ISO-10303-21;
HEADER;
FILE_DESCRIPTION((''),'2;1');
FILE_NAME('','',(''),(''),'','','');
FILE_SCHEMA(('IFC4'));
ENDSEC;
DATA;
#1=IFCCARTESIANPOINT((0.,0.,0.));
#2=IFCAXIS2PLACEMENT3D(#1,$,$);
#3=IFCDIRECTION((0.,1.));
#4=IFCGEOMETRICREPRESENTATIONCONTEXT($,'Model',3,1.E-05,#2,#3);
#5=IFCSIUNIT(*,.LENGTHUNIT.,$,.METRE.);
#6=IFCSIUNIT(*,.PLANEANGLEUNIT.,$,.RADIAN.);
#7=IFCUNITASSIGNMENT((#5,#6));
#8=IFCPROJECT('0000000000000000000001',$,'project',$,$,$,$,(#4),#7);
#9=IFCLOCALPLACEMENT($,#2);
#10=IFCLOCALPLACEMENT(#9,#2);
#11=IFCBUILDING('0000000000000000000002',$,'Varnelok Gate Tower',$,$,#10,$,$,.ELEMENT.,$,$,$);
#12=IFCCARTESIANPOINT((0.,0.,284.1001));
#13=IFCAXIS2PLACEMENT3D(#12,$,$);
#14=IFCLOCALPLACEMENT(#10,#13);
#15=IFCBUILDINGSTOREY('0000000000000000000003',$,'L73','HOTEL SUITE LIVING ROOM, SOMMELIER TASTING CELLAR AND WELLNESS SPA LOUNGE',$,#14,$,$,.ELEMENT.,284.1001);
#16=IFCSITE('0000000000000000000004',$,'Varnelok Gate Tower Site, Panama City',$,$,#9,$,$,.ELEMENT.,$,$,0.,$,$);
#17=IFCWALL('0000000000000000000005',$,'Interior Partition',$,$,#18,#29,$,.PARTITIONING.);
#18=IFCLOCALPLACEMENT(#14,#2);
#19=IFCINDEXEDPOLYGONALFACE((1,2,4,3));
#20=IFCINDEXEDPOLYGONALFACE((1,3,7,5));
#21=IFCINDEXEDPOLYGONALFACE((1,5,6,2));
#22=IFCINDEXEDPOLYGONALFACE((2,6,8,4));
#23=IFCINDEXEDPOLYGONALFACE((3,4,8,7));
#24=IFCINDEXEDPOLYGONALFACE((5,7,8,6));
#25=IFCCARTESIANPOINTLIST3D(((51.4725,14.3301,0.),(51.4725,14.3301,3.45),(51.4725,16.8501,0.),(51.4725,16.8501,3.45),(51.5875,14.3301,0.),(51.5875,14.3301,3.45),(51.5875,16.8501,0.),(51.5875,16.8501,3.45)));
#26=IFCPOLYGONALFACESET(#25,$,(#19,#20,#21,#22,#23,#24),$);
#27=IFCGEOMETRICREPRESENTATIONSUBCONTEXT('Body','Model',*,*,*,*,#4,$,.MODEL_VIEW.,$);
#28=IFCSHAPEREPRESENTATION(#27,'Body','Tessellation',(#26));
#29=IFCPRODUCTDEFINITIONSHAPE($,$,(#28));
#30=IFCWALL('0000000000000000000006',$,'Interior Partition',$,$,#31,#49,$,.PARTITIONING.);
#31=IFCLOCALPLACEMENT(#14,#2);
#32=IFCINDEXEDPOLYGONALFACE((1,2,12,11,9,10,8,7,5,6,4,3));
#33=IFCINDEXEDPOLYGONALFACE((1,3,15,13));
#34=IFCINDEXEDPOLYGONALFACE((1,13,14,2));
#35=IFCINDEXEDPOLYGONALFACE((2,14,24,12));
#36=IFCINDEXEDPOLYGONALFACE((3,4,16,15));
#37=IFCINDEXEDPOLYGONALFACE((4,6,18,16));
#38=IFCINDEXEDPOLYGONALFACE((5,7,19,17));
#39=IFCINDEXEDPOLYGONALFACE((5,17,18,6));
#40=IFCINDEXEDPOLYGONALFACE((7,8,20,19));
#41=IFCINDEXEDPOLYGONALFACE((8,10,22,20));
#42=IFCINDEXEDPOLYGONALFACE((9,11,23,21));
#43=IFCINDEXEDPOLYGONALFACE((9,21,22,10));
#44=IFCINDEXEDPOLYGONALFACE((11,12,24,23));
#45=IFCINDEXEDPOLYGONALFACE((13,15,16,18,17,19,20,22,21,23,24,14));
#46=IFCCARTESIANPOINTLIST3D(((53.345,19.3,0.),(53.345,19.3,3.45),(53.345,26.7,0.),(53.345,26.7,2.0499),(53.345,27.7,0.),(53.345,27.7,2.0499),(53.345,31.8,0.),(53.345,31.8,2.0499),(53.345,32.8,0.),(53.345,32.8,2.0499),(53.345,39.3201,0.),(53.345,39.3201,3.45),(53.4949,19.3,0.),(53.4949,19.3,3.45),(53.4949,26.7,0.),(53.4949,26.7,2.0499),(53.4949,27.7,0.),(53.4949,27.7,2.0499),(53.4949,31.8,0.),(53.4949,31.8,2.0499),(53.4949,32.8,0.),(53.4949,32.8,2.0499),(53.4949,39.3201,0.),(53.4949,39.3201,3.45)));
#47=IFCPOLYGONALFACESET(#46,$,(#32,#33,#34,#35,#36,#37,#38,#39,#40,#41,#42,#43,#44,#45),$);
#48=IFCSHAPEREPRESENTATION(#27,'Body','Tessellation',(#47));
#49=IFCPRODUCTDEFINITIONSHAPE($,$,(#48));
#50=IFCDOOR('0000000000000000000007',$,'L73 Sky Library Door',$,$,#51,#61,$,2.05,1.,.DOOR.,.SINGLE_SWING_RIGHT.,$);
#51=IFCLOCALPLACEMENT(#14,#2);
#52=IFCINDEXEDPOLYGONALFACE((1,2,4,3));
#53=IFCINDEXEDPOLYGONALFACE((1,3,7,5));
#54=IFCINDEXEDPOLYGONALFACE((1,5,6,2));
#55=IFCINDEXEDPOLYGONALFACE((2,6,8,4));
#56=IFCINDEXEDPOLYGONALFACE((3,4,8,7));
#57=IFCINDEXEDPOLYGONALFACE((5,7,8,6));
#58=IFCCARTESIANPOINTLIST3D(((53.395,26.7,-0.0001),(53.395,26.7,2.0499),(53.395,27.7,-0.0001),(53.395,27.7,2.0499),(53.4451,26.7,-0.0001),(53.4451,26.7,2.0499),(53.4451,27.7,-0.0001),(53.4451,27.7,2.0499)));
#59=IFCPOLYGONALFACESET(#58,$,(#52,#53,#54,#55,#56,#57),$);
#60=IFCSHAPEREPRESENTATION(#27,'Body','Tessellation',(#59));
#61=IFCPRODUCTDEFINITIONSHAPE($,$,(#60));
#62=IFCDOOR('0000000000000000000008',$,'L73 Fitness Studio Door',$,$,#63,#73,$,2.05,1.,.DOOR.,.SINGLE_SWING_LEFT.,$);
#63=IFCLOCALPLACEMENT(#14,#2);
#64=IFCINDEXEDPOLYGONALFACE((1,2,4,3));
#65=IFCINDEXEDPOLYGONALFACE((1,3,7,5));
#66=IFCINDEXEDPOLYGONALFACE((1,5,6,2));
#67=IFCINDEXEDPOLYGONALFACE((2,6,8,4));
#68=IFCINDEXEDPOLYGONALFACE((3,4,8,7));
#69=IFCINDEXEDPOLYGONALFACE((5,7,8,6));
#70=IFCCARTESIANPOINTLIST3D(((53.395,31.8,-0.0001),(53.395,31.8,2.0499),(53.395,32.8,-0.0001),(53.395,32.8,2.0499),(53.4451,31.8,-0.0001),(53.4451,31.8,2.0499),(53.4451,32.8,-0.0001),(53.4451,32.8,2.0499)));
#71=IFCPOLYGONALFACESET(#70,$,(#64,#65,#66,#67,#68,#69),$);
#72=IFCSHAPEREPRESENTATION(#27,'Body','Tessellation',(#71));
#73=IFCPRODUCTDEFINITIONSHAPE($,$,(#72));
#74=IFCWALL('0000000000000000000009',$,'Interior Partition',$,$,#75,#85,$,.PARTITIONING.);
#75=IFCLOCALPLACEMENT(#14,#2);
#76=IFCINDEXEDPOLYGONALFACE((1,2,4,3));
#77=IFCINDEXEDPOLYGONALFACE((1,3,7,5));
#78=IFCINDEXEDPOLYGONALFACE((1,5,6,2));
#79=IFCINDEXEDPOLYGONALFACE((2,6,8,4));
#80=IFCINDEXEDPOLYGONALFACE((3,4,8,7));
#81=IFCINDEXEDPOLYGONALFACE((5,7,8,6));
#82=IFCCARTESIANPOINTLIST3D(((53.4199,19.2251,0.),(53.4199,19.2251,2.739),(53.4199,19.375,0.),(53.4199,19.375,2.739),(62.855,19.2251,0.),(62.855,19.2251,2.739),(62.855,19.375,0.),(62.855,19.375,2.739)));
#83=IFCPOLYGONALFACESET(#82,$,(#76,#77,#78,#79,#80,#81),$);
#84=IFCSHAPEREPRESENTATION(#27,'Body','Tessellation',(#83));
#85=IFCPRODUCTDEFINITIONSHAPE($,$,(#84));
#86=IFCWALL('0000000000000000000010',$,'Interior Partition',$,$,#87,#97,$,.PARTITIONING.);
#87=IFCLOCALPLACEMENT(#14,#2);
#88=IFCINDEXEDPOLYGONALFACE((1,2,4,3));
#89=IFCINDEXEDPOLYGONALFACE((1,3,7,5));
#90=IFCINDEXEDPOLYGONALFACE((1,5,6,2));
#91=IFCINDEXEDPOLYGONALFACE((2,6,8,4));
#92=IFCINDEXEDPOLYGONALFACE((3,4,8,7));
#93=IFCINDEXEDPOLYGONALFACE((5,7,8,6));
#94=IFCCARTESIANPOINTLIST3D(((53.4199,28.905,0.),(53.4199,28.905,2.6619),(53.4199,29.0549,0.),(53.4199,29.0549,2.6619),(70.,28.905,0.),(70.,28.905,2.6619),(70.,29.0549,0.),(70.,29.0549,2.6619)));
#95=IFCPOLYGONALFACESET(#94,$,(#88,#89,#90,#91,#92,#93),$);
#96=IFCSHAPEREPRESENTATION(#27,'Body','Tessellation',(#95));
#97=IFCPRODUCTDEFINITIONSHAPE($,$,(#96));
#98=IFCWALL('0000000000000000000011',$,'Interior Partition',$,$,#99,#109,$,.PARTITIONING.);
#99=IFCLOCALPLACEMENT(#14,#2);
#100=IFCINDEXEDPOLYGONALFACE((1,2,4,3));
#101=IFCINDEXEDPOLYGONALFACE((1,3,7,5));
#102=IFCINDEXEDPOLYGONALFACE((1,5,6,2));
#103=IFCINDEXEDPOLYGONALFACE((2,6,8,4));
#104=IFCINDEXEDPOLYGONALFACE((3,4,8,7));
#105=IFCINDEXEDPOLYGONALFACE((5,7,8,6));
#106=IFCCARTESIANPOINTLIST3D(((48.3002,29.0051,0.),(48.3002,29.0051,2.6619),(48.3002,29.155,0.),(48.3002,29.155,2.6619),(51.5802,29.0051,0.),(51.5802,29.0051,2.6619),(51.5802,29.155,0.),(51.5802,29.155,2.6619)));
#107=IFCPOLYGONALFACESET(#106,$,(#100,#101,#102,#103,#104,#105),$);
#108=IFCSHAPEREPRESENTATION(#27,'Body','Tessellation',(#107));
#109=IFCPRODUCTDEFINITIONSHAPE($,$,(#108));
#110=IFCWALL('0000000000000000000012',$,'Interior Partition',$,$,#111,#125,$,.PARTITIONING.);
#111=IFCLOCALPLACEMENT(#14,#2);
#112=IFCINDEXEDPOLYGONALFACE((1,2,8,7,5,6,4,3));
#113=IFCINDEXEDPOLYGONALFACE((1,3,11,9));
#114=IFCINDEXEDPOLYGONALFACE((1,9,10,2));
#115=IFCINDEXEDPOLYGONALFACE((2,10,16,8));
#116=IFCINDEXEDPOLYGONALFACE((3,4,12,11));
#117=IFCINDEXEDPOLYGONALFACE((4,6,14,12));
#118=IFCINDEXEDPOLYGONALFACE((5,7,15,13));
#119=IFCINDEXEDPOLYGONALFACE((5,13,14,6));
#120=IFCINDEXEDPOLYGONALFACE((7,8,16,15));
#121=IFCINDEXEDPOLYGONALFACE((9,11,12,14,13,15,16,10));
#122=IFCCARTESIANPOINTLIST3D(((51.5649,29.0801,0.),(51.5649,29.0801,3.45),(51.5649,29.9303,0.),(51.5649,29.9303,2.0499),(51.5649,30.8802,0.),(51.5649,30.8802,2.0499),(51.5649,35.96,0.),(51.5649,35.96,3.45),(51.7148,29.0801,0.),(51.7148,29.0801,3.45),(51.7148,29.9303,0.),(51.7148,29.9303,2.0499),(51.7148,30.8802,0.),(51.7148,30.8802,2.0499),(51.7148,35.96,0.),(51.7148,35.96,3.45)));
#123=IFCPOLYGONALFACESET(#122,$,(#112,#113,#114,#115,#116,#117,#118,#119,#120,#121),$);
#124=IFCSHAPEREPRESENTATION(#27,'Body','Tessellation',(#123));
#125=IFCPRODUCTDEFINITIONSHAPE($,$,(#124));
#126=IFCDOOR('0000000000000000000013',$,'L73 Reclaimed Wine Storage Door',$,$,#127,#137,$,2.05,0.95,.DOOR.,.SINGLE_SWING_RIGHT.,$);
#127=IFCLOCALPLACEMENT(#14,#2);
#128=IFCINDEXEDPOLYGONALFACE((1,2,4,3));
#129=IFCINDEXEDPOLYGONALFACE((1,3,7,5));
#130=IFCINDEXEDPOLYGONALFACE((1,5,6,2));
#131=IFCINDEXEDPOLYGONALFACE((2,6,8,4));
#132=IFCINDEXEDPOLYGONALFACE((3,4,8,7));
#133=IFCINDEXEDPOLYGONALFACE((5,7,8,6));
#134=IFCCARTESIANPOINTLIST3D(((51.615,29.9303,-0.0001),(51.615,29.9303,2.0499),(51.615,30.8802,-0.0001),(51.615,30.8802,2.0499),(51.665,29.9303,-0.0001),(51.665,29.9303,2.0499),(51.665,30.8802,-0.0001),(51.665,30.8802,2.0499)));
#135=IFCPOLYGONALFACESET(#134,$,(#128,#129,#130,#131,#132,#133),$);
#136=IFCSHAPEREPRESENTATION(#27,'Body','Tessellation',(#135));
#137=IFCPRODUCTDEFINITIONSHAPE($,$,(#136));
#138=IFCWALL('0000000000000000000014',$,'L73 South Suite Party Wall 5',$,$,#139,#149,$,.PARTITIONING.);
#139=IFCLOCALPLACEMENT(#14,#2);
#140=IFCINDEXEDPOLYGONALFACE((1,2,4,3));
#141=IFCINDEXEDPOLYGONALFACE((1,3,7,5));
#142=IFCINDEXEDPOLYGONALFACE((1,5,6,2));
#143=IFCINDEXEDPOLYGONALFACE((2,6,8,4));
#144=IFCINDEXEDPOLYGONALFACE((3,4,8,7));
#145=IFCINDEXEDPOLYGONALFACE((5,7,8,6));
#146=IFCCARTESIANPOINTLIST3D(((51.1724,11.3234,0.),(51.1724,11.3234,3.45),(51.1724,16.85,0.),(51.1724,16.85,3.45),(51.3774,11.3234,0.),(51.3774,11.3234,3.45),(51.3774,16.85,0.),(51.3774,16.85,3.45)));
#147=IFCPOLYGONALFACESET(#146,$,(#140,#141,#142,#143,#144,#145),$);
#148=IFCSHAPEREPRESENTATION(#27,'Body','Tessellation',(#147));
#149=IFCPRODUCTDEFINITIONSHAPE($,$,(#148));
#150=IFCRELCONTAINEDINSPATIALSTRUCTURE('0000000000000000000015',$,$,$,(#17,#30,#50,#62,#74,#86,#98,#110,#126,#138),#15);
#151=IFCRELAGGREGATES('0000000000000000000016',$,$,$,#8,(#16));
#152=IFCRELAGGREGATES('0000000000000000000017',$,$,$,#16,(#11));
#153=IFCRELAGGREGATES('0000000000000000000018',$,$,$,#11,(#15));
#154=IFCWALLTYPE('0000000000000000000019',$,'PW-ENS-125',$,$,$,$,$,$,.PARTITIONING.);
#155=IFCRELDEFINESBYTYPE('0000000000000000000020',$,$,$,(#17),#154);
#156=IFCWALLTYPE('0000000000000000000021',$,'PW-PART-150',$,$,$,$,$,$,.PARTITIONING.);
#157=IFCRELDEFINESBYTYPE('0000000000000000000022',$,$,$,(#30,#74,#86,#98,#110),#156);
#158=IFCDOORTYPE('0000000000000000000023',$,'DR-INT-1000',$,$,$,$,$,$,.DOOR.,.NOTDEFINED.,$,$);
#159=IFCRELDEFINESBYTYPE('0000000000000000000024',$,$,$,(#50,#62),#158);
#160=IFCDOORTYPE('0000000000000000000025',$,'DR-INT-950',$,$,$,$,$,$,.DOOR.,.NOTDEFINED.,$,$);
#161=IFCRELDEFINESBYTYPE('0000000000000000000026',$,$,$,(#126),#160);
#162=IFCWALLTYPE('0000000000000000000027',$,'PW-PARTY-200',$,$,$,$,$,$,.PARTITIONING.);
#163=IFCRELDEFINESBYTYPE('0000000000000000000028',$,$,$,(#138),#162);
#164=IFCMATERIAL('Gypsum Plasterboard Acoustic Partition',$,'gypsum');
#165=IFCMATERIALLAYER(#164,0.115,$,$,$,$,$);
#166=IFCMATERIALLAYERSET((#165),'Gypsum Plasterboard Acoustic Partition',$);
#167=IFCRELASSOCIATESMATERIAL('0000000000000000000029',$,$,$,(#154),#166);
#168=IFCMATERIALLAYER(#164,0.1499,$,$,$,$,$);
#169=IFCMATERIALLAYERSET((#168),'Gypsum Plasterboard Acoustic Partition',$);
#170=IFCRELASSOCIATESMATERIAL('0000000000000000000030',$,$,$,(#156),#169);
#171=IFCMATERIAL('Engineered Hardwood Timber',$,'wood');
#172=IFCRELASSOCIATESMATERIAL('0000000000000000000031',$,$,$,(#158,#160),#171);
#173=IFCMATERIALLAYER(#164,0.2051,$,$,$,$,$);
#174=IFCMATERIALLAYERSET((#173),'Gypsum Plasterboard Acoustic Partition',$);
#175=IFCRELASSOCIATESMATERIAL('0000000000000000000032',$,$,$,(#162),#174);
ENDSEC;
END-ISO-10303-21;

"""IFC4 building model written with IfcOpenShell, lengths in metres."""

from ifc_helpers import new_model, si_unit, direction, frame, frame_2d, origin, place, context, subcontext, project, spatial, rectangle, extrude, material, layer, layer_set, type_object, element, fill, save


model = new_model("IFC4")

# Units and contexts
model_context = context("Model", 3, precision=1e-05, world=origin(), true_north=direction((0.0, 1.0)))
body_context = subcontext(model_context, "Body", "Model", "MODEL_VIEW")
ifc_project = project(units=[si_unit("LENGTHUNIT", "METRE"), si_unit("PLANEANGLEUNIT", "RADIAN")], contexts=[model_context])

# Site, building, storey
site_placement = place(None, origin())
site = spatial("IfcSite", under=ifc_project, at=site_placement, Name="Varnelok Gate Tower Site, Panama City", CompositionType="ELEMENT", RefElevation=0.0)
building_placement = place(site_placement, origin())
building = spatial("IfcBuilding", under=site, at=building_placement, Name="Varnelok Gate Tower", CompositionType="ELEMENT")
storey_placement = place(building_placement, frame((0.0, 0.0, 284.1001)))
storey = spatial("IfcBuildingStorey", under=building, at=storey_placement, Name="L73", Description="HOTEL SUITE LIVING ROOM, SOMMELIER TASTING CELLAR AND WELLNESS SPA LOUNGE", CompositionType="ELEMENT", Elevation=284.1001)

# Shared definitions
ifc_material_1 = material(Name="Gypsum Plasterboard Acoustic Partition", Category="gypsum")
ifc_material_2 = material(Name="Engineered Hardwood Timber", Category="wood")

# Shared definitions
ifc_layer_1 = layer(ifc_material_1, 0.115)
ifc_layer_set_1 = layer_set([ifc_layer_1], Name="Gypsum Plasterboard Acoustic Partition")
wall_type_1 = type_object("IfcWallType", Name="PW-ENS-125", PredefinedType="PARTITIONING", material=ifc_layer_set_1)

# Wall
wall_1_placement = place(storey_placement, frame((51.53, 14.3301, 0.0), z_axis=(0.0, 0.0, 1.0), x_axis=(0.0, 1.0, 0.0)))
element("IfcWall", 1, at=wall_1_placement, inside=storey, type_object=wall_type_1, Name="Interior Partition", PredefinedType="PARTITIONING", context=body_context, shape_type="SweptSolid", body=[
    extrude(rectangle(XDim=2.52, YDim=0.115, at=frame_2d((1.26, 0.0))), origin(), (0.0, 0.0, 1.0), 3.45),
])

# Wall, openings, doors
ifc_layer_2 = layer(ifc_material_1, 0.1499)
ifc_layer_set_2 = layer_set([ifc_layer_2], Name="Gypsum Plasterboard Acoustic Partition")
wall_type_2 = type_object("IfcWallType", Name="PW-PART-150", PredefinedType="PARTITIONING", material=ifc_layer_set_2)
wall_2_placement = place(storey_placement, frame((53.4199, 19.3, 0.0), z_axis=(0.0, 0.0, 1.0), x_axis=(0.0, 1.0, 0.0)))
wall_2 = element("IfcWall", 2, at=wall_2_placement, inside=storey, type_object=wall_type_2, Name="Interior Partition", PredefinedType="PARTITIONING", context=body_context, shape_type="SweptSolid", body=[
    extrude(rectangle(XDim=20.02, YDim=0.1499, at=frame_2d((10.01, 0.0))), origin(), (0.0, 0.0, 1.0), 3.45),
])
opening_1_placement = place(wall_2_placement, frame((7.3999, 0.0, 0.0)))
opening_1 = element("IfcOpeningElement", 3, at=opening_1_placement, cuts=wall_2, PredefinedType="OPENING", context=body_context, shape_type="SweptSolid", body=[
    extrude(rectangle(XDim=1.0, YDim=2.05, at=frame_2d((0.5, 1.0249))), frame((0.0, 0.085, 0.0), z_axis=(0.0, -1.0, 0.0), x_axis=(1.0, 0.0, 0.0)), (0.0, 0.0, 1.0), 0.1699),
])
opening_2_placement = place(wall_2_placement, frame((12.5, 0.0, 0.0)))
opening_2 = element("IfcOpeningElement", 4, at=opening_2_placement, cuts=wall_2, PredefinedType="OPENING", context=body_context, shape_type="SweptSolid", body=[
    extrude(rectangle(XDim=1.0, YDim=2.05, at=frame_2d((0.5, 1.0249))), frame((0.0, 0.085, 0.0), z_axis=(0.0, -1.0, 0.0), x_axis=(1.0, 0.0, 0.0)), (0.0, 0.0, 1.0), 0.1699),
])
door_type_1 = type_object("IfcDoorType", Name="DR-INT-1000", OperationType="NOTDEFINED", PredefinedType="DOOR", material=ifc_material_2)
door_1_placement = place(opening_1_placement, origin())
door_1 = element("IfcDoor", 5, at=door_1_placement, inside=storey, type_object=door_type_1, Name="L73 Sky Library Door", OperationType="SINGLE_SWING_RIGHT", OverallHeight=2.05, OverallWidth=1.0, PredefinedType="DOOR", context=body_context, shape_type="SweptSolid", body=[
    extrude(rectangle(XDim=1.0, YDim=2.05, at=frame_2d((0.5, 1.0249))), frame((0.0, 0.0249, 0.0), z_axis=(0.0, -1.0, 0.0), x_axis=(1.0, 0.0, 0.0)), (0.0, 0.0, 1.0), 0.05),
])
fill(opening_1, door_1)
door_2_placement = place(opening_2_placement, origin())
door_2 = element("IfcDoor", 6, at=door_2_placement, inside=storey, type_object=door_type_1, Name="L73 Fitness Studio Door", OperationType="SINGLE_SWING_LEFT", OverallHeight=2.05, OverallWidth=1.0, PredefinedType="DOOR", context=body_context, shape_type="SweptSolid", body=[
    extrude(rectangle(XDim=1.0, YDim=2.05, at=frame_2d((0.5, 1.0249))), frame((0.0, 0.0249, 0.0), z_axis=(0.0, -1.0, 0.0), x_axis=(1.0, 0.0, 0.0)), (0.0, 0.0, 1.0), 0.05),
])
fill(opening_2, door_2)

# Walls
wall_3_placement = place(storey_placement, frame((53.4199, 19.3, 0.0), z_axis=(0.0, 0.0, 1.0), x_axis=(1.0, 0.0, 0.0)))
element("IfcWall", 7, at=wall_3_placement, inside=storey, type_object=wall_type_2, Name="Interior Partition", PredefinedType="PARTITIONING", context=body_context, shape_type="SweptSolid", body=[
    extrude(rectangle(XDim=9.4351, YDim=0.1499, at=frame_2d((4.7175, 0.0))), origin(), (0.0, 0.0, 1.0), 2.739),
])
wall_4_placement = place(storey_placement, frame((53.4199, 28.98, 0.0), z_axis=(0.0, 0.0, 1.0), x_axis=(1.0, 0.0, 0.0)))
element("IfcWall", 8, at=wall_4_placement, inside=storey, type_object=wall_type_2, Name="Interior Partition", PredefinedType="PARTITIONING", context=body_context, shape_type="SweptSolid", body=[
    extrude(rectangle(XDim=16.5801, YDim=0.1499, at=frame_2d((8.29, 0.0))), origin(), (0.0, 0.0, 1.0), 2.6619),
])
wall_5_placement = place(storey_placement, frame((48.3, 29.0801, 0.0), z_axis=(0.0, 0.0, 1.0), x_axis=(1.0, 0.0, 0.0)))
element("IfcWall", 9, at=wall_5_placement, inside=storey, type_object=wall_type_2, Name="Interior Partition", PredefinedType="PARTITIONING", context=body_context, shape_type="SweptSolid", body=[
    extrude(rectangle(XDim=3.28, YDim=0.1499, at=frame_2d((1.6401, 0.0))), origin(), (0.0, 0.0, 1.0), 2.6619),
])

# Wall, opening, door
wall_6_placement = place(storey_placement, frame((51.6399, 29.0801, 0.0), z_axis=(0.0, 0.0, 1.0), x_axis=(0.0, 1.0, 0.0)))
wall_6 = element("IfcWall", 10, at=wall_6_placement, inside=storey, type_object=wall_type_2, Name="Interior Partition", PredefinedType="PARTITIONING", context=body_context, shape_type="SweptSolid", body=[
    extrude(rectangle(XDim=6.8799, YDim=0.1499, at=frame_2d((3.4399, 0.0))), origin(), (0.0, 0.0, 1.0), 3.45),
])
opening_3_placement = place(wall_6_placement, frame((0.8501, 0.0, 0.0)))
opening_3 = element("IfcOpeningElement", 11, at=opening_3_placement, cuts=wall_6, PredefinedType="OPENING", context=body_context, shape_type="SweptSolid", body=[
    extrude(rectangle(XDim=0.95, YDim=2.05, at=frame_2d((0.4751, 1.0249))), frame((0.0, 0.085, 0.0), z_axis=(0.0, -1.0, 0.0), x_axis=(1.0, 0.0, 0.0)), (0.0, 0.0, 1.0), 0.1699),
])
door_type_2 = type_object("IfcDoorType", Name="DR-INT-950", OperationType="NOTDEFINED", PredefinedType="DOOR", material=ifc_material_2)
door_3_placement = place(opening_3_placement, origin())
door_3 = element("IfcDoor", 12, at=door_3_placement, inside=storey, type_object=door_type_2, Name="L73 Reclaimed Wine Storage Door", OperationType="SINGLE_SWING_RIGHT", OverallHeight=2.05, OverallWidth=0.95, PredefinedType="DOOR", context=body_context, shape_type="SweptSolid", body=[
    extrude(rectangle(XDim=0.95, YDim=2.05, at=frame_2d((0.4751, 1.0249))), frame((0.0, 0.0249, 0.0), z_axis=(0.0, -1.0, 0.0), x_axis=(1.0, 0.0, 0.0)), (0.0, 0.0, 1.0), 0.05),
])
fill(opening_3, door_3)

# Wall
ifc_layer_3 = layer(ifc_material_1, 0.2051)
ifc_layer_set_3 = layer_set([ifc_layer_3], Name="Gypsum Plasterboard Acoustic Partition")
wall_type_3 = type_object("IfcWallType", Name="PW-PARTY-200", PredefinedType="PARTITIONING", material=ifc_layer_set_3)
wall_7_placement = place(storey_placement, frame((51.2749, 11.3235, 0.0), z_axis=(0.0, 0.0, 1.0), x_axis=(0.0, 1.0, 0.0)))
element("IfcWall", 13, at=wall_7_placement, inside=storey, type_object=wall_type_3, Name="L73 South Suite Party Wall 5", PredefinedType="PARTITIONING", context=body_context, shape_type="SweptSolid", body=[
    extrude(rectangle(XDim=5.5266, YDim=0.2051, at=frame_2d((2.7632, 0.0))), origin(), (0.0, 0.0, 1.0), 3.45),
])

save(model, "model.ifc")
